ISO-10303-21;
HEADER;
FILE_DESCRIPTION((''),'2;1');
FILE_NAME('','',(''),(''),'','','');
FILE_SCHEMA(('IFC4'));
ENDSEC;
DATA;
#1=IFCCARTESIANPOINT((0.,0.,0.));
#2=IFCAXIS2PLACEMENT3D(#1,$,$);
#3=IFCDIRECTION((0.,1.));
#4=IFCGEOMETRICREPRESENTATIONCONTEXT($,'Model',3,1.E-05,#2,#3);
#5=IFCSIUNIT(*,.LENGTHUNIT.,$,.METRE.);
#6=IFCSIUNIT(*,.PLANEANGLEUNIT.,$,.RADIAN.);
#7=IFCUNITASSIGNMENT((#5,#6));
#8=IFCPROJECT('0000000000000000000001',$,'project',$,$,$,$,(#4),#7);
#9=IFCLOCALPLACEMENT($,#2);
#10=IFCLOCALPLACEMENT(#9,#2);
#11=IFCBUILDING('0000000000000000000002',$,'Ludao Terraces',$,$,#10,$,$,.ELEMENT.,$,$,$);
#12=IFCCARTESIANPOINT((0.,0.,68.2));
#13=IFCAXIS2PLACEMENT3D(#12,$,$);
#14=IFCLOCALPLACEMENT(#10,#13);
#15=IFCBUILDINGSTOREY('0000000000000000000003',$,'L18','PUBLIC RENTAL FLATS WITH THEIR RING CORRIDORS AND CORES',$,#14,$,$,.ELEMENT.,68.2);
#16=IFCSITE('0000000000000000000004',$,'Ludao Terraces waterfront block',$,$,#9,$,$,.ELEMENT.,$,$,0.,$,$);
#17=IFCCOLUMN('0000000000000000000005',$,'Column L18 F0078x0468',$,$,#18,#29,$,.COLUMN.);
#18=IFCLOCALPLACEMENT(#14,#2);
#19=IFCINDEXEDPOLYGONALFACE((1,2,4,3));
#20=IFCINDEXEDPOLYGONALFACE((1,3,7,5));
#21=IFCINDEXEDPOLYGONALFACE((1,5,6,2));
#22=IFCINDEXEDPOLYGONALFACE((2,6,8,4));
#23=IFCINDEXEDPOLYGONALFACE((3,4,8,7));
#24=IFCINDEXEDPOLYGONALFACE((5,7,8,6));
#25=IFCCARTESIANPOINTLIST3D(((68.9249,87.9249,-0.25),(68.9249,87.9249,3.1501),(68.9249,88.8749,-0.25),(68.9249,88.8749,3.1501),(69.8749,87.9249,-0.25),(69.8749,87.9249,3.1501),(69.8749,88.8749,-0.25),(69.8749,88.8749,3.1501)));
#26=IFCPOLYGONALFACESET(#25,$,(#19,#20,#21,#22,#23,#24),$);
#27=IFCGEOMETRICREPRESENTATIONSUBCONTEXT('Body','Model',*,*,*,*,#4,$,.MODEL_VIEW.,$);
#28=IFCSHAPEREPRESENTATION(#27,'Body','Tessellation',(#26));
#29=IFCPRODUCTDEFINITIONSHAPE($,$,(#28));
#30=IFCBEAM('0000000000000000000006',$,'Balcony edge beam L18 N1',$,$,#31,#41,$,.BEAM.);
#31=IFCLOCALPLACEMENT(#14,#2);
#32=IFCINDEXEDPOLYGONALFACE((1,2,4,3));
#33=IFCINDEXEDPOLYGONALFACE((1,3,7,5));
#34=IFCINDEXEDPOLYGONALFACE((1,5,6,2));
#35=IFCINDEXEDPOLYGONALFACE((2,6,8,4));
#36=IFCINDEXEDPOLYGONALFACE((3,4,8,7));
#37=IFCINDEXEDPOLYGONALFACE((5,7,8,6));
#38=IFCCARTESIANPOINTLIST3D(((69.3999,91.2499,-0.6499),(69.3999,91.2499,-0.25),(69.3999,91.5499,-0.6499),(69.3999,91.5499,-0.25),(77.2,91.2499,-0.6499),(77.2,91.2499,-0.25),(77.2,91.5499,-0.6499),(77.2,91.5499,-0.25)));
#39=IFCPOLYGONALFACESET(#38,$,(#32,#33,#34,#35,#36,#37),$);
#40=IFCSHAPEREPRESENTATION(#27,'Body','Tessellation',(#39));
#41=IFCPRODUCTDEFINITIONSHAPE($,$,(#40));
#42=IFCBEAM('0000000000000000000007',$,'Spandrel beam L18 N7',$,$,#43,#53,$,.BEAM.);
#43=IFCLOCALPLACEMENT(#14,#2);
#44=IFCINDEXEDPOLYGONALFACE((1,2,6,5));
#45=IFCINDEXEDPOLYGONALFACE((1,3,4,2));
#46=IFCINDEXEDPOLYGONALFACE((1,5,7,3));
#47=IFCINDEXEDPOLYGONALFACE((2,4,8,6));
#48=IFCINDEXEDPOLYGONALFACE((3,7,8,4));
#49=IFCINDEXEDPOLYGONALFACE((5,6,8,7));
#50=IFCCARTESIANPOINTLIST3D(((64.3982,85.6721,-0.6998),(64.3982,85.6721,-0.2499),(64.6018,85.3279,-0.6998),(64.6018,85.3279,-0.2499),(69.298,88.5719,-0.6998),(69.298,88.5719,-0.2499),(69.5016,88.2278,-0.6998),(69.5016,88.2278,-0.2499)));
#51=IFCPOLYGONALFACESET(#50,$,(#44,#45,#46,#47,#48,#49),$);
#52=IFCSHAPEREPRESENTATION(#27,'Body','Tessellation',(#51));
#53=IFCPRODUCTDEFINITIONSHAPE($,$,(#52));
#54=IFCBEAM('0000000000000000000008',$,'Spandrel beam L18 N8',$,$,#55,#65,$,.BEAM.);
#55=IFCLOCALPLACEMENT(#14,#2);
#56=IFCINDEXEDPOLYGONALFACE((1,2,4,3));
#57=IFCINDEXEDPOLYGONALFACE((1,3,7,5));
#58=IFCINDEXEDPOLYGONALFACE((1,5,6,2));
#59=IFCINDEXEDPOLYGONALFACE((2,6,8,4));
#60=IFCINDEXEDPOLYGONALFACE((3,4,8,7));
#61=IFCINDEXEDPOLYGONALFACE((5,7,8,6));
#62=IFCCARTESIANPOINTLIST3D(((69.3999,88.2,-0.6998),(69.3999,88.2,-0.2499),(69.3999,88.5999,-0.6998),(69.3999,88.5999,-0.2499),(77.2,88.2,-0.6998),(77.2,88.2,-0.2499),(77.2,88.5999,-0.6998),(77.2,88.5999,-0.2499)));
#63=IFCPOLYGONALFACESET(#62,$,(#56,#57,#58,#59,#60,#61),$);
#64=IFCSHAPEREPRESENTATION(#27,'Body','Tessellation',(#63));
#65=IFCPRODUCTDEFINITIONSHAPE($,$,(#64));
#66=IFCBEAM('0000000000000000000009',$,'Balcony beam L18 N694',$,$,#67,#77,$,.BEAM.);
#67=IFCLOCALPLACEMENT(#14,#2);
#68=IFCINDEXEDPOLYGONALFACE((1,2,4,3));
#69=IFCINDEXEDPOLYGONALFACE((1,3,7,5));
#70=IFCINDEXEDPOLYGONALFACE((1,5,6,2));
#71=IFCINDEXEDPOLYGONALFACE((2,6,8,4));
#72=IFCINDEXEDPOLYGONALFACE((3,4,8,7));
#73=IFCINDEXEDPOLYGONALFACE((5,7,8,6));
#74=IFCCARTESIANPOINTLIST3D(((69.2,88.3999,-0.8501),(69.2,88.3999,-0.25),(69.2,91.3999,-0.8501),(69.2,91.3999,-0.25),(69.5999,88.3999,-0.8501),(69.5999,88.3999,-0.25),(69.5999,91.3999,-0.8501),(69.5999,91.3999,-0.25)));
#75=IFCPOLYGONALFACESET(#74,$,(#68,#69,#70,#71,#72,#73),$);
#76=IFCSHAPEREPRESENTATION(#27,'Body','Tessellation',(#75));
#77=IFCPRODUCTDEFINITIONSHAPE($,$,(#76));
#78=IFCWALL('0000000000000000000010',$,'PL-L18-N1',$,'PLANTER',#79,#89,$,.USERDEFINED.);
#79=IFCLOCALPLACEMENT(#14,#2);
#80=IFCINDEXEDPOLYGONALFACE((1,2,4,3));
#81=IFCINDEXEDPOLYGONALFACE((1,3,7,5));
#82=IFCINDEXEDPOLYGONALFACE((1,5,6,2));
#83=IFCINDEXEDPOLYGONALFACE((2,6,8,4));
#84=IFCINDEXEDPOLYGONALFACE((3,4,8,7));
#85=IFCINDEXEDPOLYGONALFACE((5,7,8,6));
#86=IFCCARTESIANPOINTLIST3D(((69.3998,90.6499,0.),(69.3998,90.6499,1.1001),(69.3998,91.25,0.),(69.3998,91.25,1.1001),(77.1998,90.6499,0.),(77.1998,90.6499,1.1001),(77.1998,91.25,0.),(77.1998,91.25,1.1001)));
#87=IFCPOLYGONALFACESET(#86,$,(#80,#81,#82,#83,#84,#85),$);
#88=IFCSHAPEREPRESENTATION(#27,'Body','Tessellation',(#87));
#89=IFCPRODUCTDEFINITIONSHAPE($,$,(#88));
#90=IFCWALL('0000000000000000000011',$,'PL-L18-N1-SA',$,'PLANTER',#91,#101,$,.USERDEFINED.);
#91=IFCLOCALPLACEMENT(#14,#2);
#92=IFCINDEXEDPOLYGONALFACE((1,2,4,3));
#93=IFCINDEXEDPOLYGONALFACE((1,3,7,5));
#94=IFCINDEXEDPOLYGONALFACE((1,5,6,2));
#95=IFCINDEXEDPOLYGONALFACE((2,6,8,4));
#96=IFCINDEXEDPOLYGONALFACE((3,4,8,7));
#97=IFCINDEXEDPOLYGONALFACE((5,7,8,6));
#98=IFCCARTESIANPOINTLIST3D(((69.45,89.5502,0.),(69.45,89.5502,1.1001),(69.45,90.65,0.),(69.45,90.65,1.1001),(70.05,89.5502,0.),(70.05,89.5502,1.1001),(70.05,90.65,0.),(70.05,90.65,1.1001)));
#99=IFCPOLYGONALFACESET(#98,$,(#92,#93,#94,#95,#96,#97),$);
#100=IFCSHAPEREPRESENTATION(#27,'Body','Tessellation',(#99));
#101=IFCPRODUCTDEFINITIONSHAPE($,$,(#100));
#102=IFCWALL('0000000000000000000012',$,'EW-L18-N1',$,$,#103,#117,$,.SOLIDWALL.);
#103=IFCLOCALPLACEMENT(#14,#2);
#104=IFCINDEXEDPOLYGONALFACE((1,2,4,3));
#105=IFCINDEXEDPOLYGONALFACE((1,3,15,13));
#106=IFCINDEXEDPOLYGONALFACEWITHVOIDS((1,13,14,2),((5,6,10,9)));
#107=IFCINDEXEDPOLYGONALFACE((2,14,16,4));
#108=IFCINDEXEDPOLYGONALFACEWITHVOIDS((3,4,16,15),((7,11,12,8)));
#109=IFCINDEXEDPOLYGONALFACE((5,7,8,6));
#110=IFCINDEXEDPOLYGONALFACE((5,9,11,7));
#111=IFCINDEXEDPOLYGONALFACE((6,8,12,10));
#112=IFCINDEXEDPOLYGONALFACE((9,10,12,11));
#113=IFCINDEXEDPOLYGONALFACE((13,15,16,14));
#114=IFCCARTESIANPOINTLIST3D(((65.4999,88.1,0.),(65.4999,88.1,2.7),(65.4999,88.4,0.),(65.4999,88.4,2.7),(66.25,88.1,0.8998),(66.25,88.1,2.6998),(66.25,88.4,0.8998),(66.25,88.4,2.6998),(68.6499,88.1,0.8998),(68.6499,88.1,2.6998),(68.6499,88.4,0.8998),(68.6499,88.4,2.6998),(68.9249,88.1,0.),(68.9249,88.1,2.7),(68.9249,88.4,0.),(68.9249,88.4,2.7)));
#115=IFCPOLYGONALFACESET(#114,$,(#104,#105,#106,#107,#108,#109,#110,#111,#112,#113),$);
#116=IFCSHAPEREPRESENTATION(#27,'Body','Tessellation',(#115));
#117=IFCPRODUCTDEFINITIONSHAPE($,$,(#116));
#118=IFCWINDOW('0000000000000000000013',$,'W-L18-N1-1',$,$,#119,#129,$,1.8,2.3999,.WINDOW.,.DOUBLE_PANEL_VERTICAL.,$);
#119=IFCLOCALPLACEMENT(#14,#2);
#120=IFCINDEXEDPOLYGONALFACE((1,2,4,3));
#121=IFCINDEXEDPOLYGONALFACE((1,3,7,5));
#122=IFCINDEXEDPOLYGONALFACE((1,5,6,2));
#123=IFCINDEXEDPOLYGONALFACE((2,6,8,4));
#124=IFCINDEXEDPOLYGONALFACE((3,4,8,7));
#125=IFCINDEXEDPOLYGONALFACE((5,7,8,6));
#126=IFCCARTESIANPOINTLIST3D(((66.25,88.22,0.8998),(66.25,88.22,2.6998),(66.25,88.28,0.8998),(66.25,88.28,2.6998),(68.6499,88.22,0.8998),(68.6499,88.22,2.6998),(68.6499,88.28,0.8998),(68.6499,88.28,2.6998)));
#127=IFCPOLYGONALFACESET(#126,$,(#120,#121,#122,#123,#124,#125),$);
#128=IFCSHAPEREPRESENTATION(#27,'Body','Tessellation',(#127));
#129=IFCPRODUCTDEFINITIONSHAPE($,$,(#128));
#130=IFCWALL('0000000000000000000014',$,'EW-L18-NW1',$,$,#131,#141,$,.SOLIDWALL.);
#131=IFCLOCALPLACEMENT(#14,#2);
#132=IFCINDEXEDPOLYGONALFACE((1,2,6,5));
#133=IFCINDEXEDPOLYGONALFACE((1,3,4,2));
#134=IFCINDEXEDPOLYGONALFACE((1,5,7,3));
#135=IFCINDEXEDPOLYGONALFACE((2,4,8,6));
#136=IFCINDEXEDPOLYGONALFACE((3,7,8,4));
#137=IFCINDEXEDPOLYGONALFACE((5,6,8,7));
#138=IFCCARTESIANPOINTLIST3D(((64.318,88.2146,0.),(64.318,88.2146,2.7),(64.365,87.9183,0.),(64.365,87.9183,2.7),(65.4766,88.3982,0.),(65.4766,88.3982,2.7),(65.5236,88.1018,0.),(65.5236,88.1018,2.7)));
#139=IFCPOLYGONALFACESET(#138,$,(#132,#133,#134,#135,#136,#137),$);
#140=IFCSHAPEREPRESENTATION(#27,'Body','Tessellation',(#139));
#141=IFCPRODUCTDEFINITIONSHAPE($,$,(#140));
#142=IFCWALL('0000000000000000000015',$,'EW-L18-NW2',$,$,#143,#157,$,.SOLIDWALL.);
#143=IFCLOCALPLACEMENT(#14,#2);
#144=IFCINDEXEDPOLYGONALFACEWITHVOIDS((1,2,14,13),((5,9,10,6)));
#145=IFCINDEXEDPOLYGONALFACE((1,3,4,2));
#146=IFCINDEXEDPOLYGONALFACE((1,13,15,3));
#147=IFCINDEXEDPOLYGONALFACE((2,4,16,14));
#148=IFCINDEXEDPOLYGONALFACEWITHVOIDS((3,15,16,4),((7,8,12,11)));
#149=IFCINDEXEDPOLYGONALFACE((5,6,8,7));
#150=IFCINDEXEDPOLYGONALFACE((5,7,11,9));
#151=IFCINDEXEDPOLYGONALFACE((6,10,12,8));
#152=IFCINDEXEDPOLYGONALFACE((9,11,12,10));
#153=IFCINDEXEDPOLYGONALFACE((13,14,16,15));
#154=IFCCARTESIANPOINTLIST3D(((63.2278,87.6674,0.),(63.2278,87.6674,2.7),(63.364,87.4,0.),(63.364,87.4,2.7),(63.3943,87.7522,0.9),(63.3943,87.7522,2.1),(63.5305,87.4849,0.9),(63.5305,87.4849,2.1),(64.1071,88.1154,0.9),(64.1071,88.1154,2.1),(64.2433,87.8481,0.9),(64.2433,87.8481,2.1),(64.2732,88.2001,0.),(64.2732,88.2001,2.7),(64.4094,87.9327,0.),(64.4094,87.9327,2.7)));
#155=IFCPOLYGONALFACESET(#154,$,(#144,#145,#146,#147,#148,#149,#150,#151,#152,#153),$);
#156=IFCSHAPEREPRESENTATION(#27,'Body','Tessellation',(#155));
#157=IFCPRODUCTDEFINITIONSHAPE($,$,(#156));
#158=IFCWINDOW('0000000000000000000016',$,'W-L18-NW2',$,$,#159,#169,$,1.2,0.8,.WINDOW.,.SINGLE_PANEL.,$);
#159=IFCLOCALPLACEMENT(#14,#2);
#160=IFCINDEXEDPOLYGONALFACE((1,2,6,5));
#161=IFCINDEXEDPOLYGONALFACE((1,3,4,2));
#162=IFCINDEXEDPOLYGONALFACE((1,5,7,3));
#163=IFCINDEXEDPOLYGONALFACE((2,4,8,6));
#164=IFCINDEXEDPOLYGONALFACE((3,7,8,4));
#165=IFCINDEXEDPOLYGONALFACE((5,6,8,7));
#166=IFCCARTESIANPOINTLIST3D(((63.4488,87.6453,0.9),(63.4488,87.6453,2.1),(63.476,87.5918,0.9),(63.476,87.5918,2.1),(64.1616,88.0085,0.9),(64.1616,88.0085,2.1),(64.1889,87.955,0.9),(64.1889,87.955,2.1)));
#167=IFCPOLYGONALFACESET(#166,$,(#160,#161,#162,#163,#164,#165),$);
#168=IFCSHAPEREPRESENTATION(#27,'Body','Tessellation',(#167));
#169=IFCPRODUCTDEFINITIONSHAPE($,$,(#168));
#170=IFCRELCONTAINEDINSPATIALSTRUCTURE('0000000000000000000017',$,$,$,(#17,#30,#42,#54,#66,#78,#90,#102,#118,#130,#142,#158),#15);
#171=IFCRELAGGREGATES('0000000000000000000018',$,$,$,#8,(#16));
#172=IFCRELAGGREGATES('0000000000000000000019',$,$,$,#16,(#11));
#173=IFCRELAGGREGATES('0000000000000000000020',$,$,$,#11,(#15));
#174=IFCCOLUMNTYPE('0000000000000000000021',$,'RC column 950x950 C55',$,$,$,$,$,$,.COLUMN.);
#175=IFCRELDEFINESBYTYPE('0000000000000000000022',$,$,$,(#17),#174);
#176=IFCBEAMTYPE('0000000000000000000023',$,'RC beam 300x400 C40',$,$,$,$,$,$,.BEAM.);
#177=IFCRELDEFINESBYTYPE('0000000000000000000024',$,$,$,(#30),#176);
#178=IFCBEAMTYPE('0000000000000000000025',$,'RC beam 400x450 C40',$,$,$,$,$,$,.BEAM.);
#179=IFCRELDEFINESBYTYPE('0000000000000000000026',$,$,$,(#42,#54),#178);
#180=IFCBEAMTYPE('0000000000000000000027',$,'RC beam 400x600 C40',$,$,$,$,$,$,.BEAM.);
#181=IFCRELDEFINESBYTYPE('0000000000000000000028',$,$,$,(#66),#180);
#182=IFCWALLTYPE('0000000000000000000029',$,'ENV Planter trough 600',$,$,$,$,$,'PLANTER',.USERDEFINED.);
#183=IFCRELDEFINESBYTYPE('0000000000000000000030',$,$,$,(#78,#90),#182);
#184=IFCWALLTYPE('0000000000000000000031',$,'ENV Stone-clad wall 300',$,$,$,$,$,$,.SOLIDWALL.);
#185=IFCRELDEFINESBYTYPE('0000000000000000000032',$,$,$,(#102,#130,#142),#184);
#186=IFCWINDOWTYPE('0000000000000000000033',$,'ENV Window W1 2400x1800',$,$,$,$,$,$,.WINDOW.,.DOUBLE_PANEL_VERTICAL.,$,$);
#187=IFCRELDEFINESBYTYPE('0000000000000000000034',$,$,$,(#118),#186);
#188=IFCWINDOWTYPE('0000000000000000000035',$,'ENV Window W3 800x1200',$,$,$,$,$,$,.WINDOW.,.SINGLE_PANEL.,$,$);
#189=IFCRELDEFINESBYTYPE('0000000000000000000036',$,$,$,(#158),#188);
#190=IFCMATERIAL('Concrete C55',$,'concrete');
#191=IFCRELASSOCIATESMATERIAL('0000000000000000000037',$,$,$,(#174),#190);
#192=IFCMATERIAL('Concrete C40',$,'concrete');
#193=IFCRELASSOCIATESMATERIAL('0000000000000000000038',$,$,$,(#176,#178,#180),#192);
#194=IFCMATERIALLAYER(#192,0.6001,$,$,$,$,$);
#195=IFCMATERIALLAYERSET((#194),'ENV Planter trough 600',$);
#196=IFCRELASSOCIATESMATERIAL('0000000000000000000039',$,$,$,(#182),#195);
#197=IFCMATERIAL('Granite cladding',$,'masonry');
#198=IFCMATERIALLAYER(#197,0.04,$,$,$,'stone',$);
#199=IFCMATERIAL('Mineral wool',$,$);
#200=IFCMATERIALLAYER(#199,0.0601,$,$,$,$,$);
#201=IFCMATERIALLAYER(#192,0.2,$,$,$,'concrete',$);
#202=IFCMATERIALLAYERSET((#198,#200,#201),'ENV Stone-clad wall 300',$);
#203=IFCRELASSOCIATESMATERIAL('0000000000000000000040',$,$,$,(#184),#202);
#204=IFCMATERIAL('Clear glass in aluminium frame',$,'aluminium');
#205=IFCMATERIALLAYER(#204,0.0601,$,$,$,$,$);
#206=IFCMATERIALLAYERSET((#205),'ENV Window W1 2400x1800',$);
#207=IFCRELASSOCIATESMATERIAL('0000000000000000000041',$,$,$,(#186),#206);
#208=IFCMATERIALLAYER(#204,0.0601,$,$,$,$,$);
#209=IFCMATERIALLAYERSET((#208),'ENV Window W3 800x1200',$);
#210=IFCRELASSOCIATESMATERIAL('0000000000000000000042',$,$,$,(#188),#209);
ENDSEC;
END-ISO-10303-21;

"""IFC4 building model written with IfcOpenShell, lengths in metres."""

from ifc_helpers import new_model, si_unit, direction, frame, frame_2d, origin, origin_2d, place, context, subcontext, project, spatial, rectangle, extrude, material, layer, layer_set, material_profile, profile_set, type_object, element, fill, save


model = new_model("IFC4")

# Units and contexts
model_context = context("Model", 3, precision=1e-05, world=origin(), true_north=direction((0.0, 1.0)))
body_context = subcontext(model_context, "Body", "Model", "MODEL_VIEW")
ifc_project = project(units=[si_unit("LENGTHUNIT", "METRE"), si_unit("PLANEANGLEUNIT", "RADIAN")], contexts=[model_context])

# Site, building, storey
site_placement = place(None, origin())
site = spatial("IfcSite", under=ifc_project, at=site_placement, Name="Ludao Terraces waterfront block", CompositionType="ELEMENT", RefElevation=0.0)
building_placement = place(site_placement, origin())
building = spatial("IfcBuilding", under=site, at=building_placement, Name="Ludao Terraces", CompositionType="ELEMENT")
storey_placement = place(building_placement, frame((0.0, 0.0, 68.2)))
storey = spatial("IfcBuildingStorey", under=building, at=storey_placement, Name="L18", Description="PUBLIC RENTAL FLATS WITH THEIR RING CORRIDORS AND CORES", CompositionType="ELEMENT", Elevation=68.2)

# Column
ifc_material_1 = material(Name="Concrete C55", Category="concrete")
ifc_material_profile_1 = material_profile(ifc_material_1, rectangle(XDim=0.95, YDim=0.95, at=origin_2d()), Name="950 X 950")
ifc_profile_set_1 = profile_set([ifc_material_profile_1], Name="Concrete C55")
column_type = type_object("IfcColumnType", Name="RC column 950x950 C55", PredefinedType="COLUMN", material=ifc_profile_set_1)
column_placement = place(storey_placement, frame((69.3999, 88.3999, -0.25), z_axis=(0.0, 0.0, 1.0), x_axis=(1.0, 0.0, 0.0)))
element("IfcColumn", 1, at=column_placement, inside=storey, type_object=column_type, Name="Column L18 F0078x0468", PredefinedType="COLUMN", context=body_context, shape_type="SweptSolid", body=[
    extrude(rectangle(XDim=0.95, YDim=0.95, at=origin_2d()), origin(), (0.0, 0.0, 1.0), 3.4001),
])

# Beams
ifc_material_2 = material(Name="Concrete C40", Category="concrete")
ifc_material_profile_2 = material_profile(ifc_material_2, rectangle(XDim=0.3, YDim=0.3999, at=origin_2d()), Name="300 X 400")
ifc_profile_set_2 = profile_set([ifc_material_profile_2], Name="Concrete C40")
beam_type_1 = type_object("IfcBeamType", Name="RC beam 300x400 C40", PredefinedType="BEAM", material=ifc_profile_set_2)
beam_1_placement = place(storey_placement, frame((69.3999, 91.3999, -0.45), z_axis=(1.0, 0.0, 0.0), x_axis=(0.0, 1.0, 0.0)))
element("IfcBeam", 2, at=beam_1_placement, inside=storey, type_object=beam_type_1, Name="Balcony edge beam L18 N1", PredefinedType="BEAM", context=body_context, shape_type="SweptSolid", body=[
    extrude(rectangle(XDim=0.3, YDim=0.3999, at=origin_2d()), origin(), (0.0, 0.0, 1.0), 7.8),
])
ifc_material_profile_3 = material_profile(ifc_material_2, rectangle(XDim=0.3999, YDim=0.45, at=origin_2d()), Name="400 X 450")
ifc_profile_set_3 = profile_set([ifc_material_profile_3], Name="Concrete C40")
beam_type_2 = type_object("IfcBeamType", Name="RC beam 400x450 C40", PredefinedType="BEAM", material=ifc_profile_set_3)
beam_2_placement = place(storey_placement, frame((64.5, 85.5, -0.4749), z_axis=(0.86058, 0.509316, 0.0), x_axis=(-0.509316, 0.86058, 0.0)))
element("IfcBeam", 3, at=beam_2_placement, inside=storey, type_object=beam_type_2, Name="Spandrel beam L18 N7", PredefinedType="BEAM", context=body_context, shape_type="SweptSolid", body=[
    extrude(rectangle(XDim=0.3999, YDim=0.45, at=origin_2d()), origin(), (0.0, 0.0, 1.0), 5.6936),
])
beam_3_placement = place(storey_placement, frame((69.3999, 88.3999, -0.4749), z_axis=(1.0, 0.0, 0.0), x_axis=(0.0, 1.0, 0.0)))
element("IfcBeam", 4, at=beam_3_placement, inside=storey, type_object=beam_type_2, Name="Spandrel beam L18 N8", PredefinedType="BEAM", context=body_context, shape_type="SweptSolid", body=[
    extrude(rectangle(XDim=0.3999, YDim=0.45, at=origin_2d()), origin(), (0.0, 0.0, 1.0), 7.8),
])
ifc_material_profile_4 = material_profile(ifc_material_2, rectangle(XDim=0.3999, YDim=0.6001, at=origin_2d()), Name="400 X 600")
ifc_profile_set_4 = profile_set([ifc_material_profile_4], Name="Concrete C40")
beam_type_3 = type_object("IfcBeamType", Name="RC beam 400x600 C40", PredefinedType="BEAM", material=ifc_profile_set_4)
beam_4_placement = place(storey_placement, frame((69.3999, 88.3999, -0.55), z_axis=(0.0, 1.0, 0.0), x_axis=(-1.0, 0.0, 0.0)))
element("IfcBeam", 5, at=beam_4_placement, inside=storey, type_object=beam_type_3, Name="Balcony beam L18 N694", PredefinedType="BEAM", context=body_context, shape_type="SweptSolid", body=[
    extrude(rectangle(XDim=0.3999, YDim=0.6001, at=origin_2d()), origin(), (0.0, 0.0, 1.0), 3.0),
])

# Walls
ifc_layer_1 = layer(ifc_material_2, 0.6001)
ifc_layer_set_1 = layer_set([ifc_layer_1], Name="ENV Planter trough 600")
wall_type_1 = type_object("IfcWallType", Name="ENV Planter trough 600", ElementType="PLANTER", PredefinedType="USERDEFINED", material=ifc_layer_set_1)
wall_1_placement = place(storey_placement, frame((69.3999, 90.95, 0.0), z_axis=(0.0, 0.0, 1.0), x_axis=(1.0, 0.0, 0.0)))
element("IfcWall", 6, at=wall_1_placement, inside=storey, type_object=wall_type_1, Name="PL-L18-N1", ObjectType="PLANTER", PredefinedType="USERDEFINED", context=body_context, shape_type="SweptSolid", body=[
    extrude(rectangle(XDim=7.8, YDim=0.6001, at=frame_2d((3.8999, 0.0))), origin(), (0.0, 0.0, 1.0), 1.1001),
])
wall_2_placement = place(storey_placement, frame((69.75, 90.6499, 0.0), z_axis=(0.0, 0.0, 1.0), x_axis=(0.0, -1.0, 0.0)))
element("IfcWall", 7, at=wall_2_placement, inside=storey, type_object=wall_type_1, Name="PL-L18-N1-SA", ObjectType="PLANTER", PredefinedType="USERDEFINED", context=body_context, shape_type="SweptSolid", body=[
    extrude(rectangle(XDim=1.0999, YDim=0.6001, at=frame_2d((0.5498, 0.0))), origin(), (0.0, 0.0, 1.0), 1.1001),
])

# Wall, opening, window
ifc_material_3 = material(Name="Granite cladding", Category="masonry")
ifc_layer_2 = layer(ifc_material_3, 0.04, Category="stone")
ifc_material_4 = material(Name="Mineral wool")
ifc_layer_3 = layer(ifc_material_4, 0.0601)
ifc_layer_4 = layer(ifc_material_2, 0.2, Category="concrete")
ifc_layer_set_2 = layer_set([ifc_layer_2, ifc_layer_3, ifc_layer_4], Name="ENV Stone-clad wall 300")
wall_type_2 = type_object("IfcWallType", Name="ENV Stone-clad wall 300", PredefinedType="SOLIDWALL", material=ifc_layer_set_2)
wall_3_placement = place(storey_placement, frame((65.5, 88.25, 0.0), z_axis=(0.0, 0.0, 1.0), x_axis=(1.0, 0.0, 0.0)))
wall_3 = element("IfcWall", 8, at=wall_3_placement, inside=storey, type_object=wall_type_2, Name="EW-L18-N1", PredefinedType="SOLIDWALL", context=body_context, shape_type="SweptSolid", body=[
    extrude(rectangle(XDim=3.425, YDim=0.3, at=frame_2d((1.7124, 0.0))), origin(), (0.0, 0.0, 1.0), 2.7),
])
opening_1_placement = place(wall_3_placement, frame((0.75, 0.0, 0.8999)))
opening_1 = element("IfcOpeningElement", 9, at=opening_1_placement, cuts=wall_3, PredefinedType="OPENING", context=body_context, shape_type="SweptSolid", body=[
    extrude(rectangle(XDim=2.3999, YDim=1.8, at=frame_2d((1.2, 0.8999))), frame((0.0, 0.1602, 0.0), z_axis=(0.0, -1.0, 0.0), x_axis=(1.0, 0.0, 0.0)), (0.0, 0.0, 1.0), 0.3201),
])
ifc_material_5 = material(Name="Clear glass in aluminium frame", Category="aluminium")
ifc_layer_5 = layer(ifc_material_5, 0.0601)
ifc_layer_set_3 = layer_set([ifc_layer_5], Name="ENV Window W1 2400x1800")
window_type_1 = type_object("IfcWindowType", Name="ENV Window W1 2400x1800", PartitioningType="DOUBLE_PANEL_VERTICAL", PredefinedType="WINDOW", material=ifc_layer_set_3)
window_1_placement = place(opening_1_placement, origin())
window_1 = element("IfcWindow", 10, at=window_1_placement, inside=storey, type_object=window_type_1, Name="W-L18-N1-1", OverallHeight=1.8, OverallWidth=2.3999, PartitioningType="DOUBLE_PANEL_VERTICAL", PredefinedType="WINDOW", context=body_context, shape_type="SweptSolid", body=[
    extrude(rectangle(XDim=2.3999, YDim=1.8, at=frame_2d((1.2, 0.8999))), frame((0.0, 0.03, 0.0), z_axis=(0.0, -1.0, 0.0), x_axis=(1.0, 0.0, 0.0)), (0.0, 0.0, 1.0), 0.0601),
])
fill(opening_1, window_1)

# Wall
wall_4_placement = place(storey_placement, frame((65.5, 88.25, 0.0), z_axis=(0.0, 0.0, 1.0), x_axis=(-0.987678, -0.156497, 0.0)))
element("IfcWall", 11, at=wall_4_placement, inside=storey, type_object=wall_type_2, Name="EW-L18-NW1", PredefinedType="SOLIDWALL", context=body_context, shape_type="SweptSolid", body=[
    extrude(rectangle(XDim=1.1731, YDim=0.3, at=frame_2d((0.5864, 0.0))), origin(), (0.0, 0.0, 1.0), 2.7),
])

# Wall, opening, window
wall_5_placement = place(storey_placement, frame((64.3413, 88.0664, 0.0), z_axis=(0.0, 0.0, 1.0), x_axis=(-0.890989, -0.454026, 0.0)))
wall_5 = element("IfcWall", 12, at=wall_5_placement, inside=storey, type_object=wall_type_2, Name="EW-L18-NW2", PredefinedType="SOLIDWALL", context=body_context, shape_type="SweptSolid", body=[
    extrude(rectangle(XDim=1.1733, YDim=0.3, at=frame_2d((0.5867, 0.0))), origin(), (0.0, 0.0, 1.0), 2.7),
])
opening_2_placement = place(wall_5_placement, frame((0.1865, 0.0, 0.8999)))
opening_2 = element("IfcOpeningElement", 13, at=opening_2_placement, cuts=wall_5, PredefinedType="OPENING", context=body_context, shape_type="SweptSolid", body=[
    extrude(rectangle(XDim=0.8, YDim=1.2, at=frame_2d((0.3999, 0.6001))), frame((0.0, 0.1602, 0.0), z_axis=(0.0, -1.0, 0.0), x_axis=(1.0, 0.0, 0.0)), (0.0, 0.0, 1.0), 0.3201),
])
ifc_layer_6 = layer(ifc_material_5, 0.0601)
ifc_layer_set_4 = layer_set([ifc_layer_6], Name="ENV Window W3 800x1200")
window_type_2 = type_object("IfcWindowType", Name="ENV Window W3 800x1200", PartitioningType="SINGLE_PANEL", PredefinedType="WINDOW", material=ifc_layer_set_4)
window_2_placement = place(opening_2_placement, origin())
window_2 = element("IfcWindow", 14, at=window_2_placement, inside=storey, type_object=window_type_2, Name="W-L18-NW2", OverallHeight=1.2, OverallWidth=0.8, PartitioningType="SINGLE_PANEL", PredefinedType="WINDOW", context=body_context, shape_type="SweptSolid", body=[
    extrude(rectangle(XDim=0.8, YDim=1.2, at=frame_2d((0.3999, 0.6001))), frame((0.0, 0.03, 0.0), z_axis=(0.0, -1.0, 0.0), x_axis=(1.0, 0.0, 0.0)), (0.0, 0.0, 1.0), 0.0601),
])
fill(opening_2, window_2)

save(model, "model.ifc")
